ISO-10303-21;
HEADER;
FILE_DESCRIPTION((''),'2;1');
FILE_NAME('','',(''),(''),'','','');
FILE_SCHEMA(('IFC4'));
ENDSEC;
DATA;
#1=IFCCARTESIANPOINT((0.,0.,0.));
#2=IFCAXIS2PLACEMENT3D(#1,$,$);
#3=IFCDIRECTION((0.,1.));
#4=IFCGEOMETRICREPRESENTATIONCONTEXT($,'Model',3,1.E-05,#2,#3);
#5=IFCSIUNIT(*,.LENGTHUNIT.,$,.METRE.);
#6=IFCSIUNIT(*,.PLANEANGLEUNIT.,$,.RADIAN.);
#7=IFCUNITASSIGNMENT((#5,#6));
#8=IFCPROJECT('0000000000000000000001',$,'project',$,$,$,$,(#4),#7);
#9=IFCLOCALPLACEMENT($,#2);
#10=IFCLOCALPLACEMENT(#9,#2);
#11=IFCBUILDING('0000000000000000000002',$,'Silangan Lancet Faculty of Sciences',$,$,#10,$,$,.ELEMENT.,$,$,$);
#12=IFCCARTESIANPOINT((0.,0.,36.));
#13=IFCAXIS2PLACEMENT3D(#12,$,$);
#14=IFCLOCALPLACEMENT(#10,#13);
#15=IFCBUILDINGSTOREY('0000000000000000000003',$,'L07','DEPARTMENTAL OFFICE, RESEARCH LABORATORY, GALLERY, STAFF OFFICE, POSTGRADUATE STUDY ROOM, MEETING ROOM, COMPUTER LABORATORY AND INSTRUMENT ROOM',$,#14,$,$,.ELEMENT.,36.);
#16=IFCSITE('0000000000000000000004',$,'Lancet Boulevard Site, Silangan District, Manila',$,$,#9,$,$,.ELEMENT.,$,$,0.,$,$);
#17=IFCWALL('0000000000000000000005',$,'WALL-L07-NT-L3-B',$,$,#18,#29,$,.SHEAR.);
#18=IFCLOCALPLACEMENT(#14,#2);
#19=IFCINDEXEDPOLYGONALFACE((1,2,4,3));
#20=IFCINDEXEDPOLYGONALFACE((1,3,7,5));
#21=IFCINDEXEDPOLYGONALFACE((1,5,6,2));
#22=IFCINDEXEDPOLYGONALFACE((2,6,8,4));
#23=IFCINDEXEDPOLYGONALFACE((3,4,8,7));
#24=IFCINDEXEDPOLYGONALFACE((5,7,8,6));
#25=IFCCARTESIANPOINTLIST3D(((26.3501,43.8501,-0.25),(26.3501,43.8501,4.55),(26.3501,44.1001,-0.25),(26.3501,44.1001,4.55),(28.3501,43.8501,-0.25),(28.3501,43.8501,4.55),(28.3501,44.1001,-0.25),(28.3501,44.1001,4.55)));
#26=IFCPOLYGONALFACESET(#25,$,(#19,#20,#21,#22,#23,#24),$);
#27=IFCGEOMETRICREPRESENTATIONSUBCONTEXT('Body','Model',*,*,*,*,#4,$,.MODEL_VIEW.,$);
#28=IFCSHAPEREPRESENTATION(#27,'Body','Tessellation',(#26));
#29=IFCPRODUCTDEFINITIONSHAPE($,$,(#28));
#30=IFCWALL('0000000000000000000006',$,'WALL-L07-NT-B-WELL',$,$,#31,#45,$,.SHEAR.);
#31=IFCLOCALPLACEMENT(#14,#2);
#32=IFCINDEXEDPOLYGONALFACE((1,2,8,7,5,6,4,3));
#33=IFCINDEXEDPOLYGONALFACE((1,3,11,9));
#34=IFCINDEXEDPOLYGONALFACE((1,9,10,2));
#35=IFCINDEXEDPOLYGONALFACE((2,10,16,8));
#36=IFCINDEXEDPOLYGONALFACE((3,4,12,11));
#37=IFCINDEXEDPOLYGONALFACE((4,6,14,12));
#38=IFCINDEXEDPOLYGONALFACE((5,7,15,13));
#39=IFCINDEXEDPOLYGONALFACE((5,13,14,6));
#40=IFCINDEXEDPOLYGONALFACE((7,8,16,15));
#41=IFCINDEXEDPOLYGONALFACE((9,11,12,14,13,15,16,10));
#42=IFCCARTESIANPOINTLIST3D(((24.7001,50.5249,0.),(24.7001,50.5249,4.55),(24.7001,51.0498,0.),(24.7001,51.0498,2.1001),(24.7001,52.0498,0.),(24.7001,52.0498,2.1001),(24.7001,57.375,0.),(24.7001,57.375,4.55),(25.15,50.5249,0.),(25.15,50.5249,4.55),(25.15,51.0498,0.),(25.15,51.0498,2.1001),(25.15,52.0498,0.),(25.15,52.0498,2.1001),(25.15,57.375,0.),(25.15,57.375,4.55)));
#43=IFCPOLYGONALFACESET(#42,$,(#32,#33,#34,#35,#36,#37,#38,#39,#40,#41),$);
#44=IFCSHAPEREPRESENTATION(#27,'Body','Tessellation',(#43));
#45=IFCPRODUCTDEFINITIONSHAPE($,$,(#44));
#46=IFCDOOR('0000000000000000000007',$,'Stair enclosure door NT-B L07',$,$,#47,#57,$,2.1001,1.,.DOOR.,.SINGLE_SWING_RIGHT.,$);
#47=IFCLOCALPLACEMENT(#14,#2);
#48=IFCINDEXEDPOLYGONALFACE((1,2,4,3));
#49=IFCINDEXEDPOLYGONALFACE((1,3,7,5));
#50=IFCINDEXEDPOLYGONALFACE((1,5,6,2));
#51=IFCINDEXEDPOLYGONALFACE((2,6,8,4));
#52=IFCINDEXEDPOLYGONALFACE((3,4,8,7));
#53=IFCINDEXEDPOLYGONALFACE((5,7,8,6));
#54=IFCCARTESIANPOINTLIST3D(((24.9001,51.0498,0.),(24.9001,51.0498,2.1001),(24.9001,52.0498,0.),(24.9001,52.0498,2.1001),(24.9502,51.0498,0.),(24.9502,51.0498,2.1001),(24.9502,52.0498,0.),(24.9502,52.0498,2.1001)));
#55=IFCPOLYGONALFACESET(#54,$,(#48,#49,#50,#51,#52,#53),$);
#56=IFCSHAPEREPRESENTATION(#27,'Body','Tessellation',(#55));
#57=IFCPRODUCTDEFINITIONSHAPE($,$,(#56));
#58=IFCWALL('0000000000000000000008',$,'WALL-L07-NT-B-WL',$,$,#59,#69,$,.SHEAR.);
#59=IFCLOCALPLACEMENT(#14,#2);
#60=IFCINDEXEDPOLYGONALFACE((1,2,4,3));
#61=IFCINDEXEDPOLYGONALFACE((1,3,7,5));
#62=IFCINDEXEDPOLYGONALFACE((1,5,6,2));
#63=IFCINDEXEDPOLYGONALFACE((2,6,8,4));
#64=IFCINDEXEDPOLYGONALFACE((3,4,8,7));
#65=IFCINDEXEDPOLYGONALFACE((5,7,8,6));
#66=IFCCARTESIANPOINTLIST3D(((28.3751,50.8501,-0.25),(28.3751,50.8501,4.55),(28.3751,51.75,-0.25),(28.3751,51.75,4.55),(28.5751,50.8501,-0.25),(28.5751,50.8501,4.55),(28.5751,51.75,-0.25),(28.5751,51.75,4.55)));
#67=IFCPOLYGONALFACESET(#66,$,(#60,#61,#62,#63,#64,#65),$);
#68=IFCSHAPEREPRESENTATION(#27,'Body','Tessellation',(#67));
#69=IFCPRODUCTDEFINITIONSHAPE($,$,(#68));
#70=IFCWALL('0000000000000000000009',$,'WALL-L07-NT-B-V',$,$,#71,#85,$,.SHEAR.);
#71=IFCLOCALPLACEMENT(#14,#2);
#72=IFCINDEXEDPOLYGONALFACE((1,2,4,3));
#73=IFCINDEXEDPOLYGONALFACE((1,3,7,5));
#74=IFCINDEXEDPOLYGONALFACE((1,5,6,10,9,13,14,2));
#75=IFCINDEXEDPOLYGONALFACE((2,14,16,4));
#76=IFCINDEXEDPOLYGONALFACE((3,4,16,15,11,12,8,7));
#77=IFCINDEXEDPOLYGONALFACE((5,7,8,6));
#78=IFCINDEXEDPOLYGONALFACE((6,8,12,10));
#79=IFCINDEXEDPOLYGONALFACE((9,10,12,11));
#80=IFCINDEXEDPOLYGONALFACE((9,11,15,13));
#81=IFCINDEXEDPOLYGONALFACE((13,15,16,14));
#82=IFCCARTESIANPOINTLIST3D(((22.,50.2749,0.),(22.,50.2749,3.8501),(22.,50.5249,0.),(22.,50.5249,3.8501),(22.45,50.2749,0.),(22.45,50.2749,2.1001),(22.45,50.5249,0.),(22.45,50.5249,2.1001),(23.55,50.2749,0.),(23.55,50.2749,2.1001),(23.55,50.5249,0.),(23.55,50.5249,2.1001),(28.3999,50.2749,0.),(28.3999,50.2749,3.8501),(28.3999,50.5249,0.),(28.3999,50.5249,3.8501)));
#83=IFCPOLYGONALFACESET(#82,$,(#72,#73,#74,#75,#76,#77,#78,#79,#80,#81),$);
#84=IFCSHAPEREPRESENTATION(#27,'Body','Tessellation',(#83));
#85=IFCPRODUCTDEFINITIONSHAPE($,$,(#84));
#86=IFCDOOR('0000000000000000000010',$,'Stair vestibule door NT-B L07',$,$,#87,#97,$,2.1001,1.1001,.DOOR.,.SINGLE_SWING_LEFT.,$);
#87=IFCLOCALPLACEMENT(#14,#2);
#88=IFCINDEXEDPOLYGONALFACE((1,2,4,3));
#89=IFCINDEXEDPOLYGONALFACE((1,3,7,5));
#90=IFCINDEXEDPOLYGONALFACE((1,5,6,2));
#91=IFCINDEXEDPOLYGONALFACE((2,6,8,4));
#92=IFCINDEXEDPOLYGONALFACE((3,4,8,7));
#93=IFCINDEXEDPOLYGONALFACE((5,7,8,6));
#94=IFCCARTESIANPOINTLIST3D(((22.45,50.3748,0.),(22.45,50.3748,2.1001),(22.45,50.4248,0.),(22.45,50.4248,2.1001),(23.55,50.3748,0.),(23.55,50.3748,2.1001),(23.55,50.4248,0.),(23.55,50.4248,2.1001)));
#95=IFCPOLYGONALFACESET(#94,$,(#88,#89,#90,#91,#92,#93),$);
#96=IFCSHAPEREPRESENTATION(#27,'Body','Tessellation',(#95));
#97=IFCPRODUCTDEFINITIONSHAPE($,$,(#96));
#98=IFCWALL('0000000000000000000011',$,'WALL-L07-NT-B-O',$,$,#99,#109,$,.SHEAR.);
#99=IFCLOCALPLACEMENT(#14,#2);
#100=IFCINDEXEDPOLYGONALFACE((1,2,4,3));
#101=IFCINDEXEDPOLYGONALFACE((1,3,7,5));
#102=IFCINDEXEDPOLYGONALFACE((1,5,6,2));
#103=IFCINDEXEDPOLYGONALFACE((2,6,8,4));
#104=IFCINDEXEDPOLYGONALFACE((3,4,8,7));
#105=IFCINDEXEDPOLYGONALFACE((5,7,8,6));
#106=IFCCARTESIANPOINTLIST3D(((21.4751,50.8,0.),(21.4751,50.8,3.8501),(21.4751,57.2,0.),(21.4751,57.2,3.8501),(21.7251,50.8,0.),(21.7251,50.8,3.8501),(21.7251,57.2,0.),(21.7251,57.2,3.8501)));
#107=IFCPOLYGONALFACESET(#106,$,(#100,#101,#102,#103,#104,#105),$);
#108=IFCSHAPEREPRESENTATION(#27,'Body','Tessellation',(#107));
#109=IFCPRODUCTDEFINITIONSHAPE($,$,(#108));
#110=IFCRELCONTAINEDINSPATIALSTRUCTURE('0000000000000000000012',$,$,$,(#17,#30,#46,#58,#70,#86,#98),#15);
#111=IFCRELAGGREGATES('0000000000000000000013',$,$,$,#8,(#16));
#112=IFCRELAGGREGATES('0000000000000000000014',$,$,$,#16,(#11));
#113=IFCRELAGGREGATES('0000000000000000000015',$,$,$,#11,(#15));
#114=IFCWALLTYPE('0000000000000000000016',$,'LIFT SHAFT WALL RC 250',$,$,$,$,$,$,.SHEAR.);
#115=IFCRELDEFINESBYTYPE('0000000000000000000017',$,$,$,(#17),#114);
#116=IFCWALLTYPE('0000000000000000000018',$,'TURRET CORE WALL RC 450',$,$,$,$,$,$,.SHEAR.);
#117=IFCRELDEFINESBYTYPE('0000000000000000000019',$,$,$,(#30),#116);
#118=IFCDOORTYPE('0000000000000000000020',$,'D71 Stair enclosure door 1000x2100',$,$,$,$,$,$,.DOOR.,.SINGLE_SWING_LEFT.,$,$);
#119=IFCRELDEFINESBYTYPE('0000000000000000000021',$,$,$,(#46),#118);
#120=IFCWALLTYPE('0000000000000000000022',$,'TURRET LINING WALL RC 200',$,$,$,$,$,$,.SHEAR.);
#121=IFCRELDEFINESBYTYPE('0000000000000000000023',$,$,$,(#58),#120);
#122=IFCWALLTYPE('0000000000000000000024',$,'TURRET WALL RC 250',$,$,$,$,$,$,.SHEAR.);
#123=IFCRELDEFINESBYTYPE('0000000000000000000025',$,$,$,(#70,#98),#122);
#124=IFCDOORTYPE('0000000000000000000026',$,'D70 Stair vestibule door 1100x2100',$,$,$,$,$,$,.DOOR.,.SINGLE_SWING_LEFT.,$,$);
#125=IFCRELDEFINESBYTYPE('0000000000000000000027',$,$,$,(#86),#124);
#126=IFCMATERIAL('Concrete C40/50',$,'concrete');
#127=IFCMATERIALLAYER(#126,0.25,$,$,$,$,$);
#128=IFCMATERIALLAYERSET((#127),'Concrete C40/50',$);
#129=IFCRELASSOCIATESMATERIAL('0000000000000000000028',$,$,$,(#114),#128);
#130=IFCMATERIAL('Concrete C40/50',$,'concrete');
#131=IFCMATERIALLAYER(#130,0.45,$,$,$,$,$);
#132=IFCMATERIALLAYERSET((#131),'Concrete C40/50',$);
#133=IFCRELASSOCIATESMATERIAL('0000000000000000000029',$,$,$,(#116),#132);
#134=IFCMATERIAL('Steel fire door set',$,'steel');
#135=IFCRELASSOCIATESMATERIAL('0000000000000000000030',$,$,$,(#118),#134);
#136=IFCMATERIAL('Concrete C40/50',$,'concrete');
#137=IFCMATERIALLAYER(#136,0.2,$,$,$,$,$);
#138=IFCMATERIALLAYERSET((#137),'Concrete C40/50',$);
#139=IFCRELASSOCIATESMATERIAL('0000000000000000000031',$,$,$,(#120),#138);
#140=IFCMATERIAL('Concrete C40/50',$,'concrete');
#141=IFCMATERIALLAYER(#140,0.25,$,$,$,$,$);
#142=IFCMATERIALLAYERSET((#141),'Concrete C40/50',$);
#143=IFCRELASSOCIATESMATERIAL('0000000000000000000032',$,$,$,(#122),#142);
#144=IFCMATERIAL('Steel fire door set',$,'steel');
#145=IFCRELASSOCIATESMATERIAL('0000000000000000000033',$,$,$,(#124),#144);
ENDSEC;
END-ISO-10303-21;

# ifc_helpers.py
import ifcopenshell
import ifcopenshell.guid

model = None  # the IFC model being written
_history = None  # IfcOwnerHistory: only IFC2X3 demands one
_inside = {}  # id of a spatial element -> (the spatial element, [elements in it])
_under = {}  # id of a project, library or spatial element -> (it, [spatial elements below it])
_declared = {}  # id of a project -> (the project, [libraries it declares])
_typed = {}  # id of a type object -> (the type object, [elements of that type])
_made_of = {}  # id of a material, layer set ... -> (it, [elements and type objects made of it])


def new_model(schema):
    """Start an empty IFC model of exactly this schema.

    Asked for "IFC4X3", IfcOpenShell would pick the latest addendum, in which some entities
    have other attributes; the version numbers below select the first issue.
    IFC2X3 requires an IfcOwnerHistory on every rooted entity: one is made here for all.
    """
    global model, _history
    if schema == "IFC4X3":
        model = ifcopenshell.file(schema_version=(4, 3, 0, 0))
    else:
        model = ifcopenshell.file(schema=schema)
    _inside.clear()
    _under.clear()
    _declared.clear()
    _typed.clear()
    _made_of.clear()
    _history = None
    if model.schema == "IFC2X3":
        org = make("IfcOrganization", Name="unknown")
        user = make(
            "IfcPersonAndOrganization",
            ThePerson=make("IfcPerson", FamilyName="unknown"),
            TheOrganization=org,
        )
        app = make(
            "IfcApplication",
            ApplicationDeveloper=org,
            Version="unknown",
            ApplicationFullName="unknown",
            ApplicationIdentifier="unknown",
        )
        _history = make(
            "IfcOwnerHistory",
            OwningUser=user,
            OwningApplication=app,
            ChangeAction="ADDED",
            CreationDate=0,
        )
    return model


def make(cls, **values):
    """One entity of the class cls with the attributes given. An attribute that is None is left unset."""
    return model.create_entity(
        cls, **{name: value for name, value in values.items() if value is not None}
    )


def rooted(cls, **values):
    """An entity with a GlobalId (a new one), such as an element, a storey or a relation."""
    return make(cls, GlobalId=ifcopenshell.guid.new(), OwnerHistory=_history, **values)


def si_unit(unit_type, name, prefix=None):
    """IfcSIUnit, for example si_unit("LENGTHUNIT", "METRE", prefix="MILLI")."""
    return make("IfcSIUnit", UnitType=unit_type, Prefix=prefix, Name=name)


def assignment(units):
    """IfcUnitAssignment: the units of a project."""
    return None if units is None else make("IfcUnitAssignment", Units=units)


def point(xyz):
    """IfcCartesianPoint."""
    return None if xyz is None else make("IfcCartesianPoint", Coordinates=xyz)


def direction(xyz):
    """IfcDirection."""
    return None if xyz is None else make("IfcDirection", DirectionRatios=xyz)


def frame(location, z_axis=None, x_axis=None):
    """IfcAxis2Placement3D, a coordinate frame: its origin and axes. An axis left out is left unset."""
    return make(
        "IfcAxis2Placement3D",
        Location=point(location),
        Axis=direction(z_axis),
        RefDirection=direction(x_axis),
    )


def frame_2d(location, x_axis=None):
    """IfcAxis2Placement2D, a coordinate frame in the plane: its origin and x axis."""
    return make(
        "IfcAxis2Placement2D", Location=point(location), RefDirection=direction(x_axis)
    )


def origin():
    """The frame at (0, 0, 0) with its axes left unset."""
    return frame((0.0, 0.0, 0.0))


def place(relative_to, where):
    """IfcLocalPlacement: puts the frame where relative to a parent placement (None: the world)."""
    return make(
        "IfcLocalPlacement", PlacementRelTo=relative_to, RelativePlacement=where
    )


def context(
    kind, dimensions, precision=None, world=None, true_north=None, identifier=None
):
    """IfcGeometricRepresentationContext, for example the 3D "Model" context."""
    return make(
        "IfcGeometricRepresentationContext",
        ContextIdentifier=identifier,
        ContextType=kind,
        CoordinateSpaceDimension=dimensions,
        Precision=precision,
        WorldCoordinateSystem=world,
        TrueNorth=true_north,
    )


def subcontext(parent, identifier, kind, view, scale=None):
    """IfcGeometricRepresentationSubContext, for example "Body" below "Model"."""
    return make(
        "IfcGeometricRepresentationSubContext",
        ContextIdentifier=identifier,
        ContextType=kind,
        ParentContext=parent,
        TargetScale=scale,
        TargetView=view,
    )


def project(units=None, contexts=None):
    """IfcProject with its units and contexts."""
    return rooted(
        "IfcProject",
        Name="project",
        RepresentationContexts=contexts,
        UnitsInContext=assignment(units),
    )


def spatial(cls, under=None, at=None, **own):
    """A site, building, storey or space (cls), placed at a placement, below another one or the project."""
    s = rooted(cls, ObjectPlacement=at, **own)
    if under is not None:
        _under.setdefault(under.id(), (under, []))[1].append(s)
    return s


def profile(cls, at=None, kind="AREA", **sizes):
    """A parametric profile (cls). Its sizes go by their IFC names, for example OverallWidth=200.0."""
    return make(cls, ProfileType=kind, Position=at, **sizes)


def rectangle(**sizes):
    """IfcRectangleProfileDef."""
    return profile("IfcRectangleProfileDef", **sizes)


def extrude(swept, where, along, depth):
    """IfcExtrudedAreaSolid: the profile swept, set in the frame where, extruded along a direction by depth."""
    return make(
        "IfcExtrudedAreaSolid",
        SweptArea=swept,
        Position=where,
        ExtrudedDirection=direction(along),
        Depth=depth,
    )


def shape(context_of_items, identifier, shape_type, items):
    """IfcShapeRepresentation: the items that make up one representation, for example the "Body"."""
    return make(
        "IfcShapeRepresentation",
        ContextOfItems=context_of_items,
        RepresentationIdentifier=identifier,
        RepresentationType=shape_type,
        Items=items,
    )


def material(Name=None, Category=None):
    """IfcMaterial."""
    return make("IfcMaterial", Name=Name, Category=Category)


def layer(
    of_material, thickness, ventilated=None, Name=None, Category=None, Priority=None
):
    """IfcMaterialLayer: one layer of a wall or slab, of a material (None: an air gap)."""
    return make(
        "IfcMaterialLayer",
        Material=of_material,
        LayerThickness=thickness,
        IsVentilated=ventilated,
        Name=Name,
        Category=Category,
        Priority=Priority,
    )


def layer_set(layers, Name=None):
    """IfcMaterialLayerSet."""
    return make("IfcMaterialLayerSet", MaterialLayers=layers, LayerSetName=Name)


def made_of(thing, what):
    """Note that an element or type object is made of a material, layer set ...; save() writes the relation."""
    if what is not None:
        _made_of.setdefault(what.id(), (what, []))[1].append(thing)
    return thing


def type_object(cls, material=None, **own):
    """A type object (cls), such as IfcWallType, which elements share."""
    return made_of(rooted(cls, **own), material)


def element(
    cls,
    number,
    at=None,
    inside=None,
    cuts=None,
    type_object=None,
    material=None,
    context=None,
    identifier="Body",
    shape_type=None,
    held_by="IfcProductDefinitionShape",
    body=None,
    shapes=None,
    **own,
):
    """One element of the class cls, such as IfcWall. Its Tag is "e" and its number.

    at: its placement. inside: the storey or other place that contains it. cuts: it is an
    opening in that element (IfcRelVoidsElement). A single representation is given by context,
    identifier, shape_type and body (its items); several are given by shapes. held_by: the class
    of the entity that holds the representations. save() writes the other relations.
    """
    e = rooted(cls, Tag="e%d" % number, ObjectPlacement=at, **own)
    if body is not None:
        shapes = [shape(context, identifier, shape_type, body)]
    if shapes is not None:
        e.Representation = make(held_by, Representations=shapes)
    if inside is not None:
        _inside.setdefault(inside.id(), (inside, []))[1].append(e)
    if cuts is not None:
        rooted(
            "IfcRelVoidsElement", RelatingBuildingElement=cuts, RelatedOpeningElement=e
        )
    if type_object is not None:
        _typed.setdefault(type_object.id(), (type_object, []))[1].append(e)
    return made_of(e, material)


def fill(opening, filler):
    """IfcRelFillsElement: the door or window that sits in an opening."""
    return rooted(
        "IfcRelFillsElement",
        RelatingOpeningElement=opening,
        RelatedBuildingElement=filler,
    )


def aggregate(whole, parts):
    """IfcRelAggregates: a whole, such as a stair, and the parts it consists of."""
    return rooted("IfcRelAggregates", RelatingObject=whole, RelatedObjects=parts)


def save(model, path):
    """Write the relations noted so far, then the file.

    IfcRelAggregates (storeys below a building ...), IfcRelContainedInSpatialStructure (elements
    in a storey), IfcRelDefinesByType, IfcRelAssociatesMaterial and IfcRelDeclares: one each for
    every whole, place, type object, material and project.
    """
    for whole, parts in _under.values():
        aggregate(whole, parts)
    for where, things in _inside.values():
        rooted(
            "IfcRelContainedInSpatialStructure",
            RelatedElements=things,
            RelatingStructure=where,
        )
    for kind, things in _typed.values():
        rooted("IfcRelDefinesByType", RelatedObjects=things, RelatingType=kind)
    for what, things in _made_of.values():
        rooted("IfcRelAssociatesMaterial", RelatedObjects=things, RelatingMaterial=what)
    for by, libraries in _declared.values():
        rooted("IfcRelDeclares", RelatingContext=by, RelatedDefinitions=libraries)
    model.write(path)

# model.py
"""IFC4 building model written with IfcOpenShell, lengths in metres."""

from ifc_helpers import new_model, si_unit, direction, frame, frame_2d, origin, place, context, subcontext, project, spatial, rectangle, extrude, material, layer, layer_set, type_object, element, fill, save


model = new_model("IFC4")

# Units and contexts
model_context = context("Model", 3, precision=1e-05, world=origin(), true_north=direction((0.0, 1.0)))
body_context = subcontext(model_context, "Body", "Model", "MODEL_VIEW")
ifc_project = project(units=[si_unit("LENGTHUNIT", "METRE"), si_unit("PLANEANGLEUNIT", "RADIAN")], contexts=[model_context])

# Site, building, storey
site_placement = place(None, origin())
site = spatial("IfcSite", under=ifc_project, at=site_placement, Name="Lancet Boulevard Site, Silangan District, Manila", CompositionType="ELEMENT", RefElevation=0.0)
building_placement = place(site_placement, origin())
building = spatial("IfcBuilding", under=site, at=building_placement, Name="Silangan Lancet Faculty of Sciences", CompositionType="ELEMENT")
storey_placement = place(building_placement, frame((0.0, 0.0, 36.0)))
storey = spatial("IfcBuildingStorey", under=building, at=storey_placement, Name="L07", Description="DEPARTMENTAL OFFICE, RESEARCH LABORATORY, GALLERY, STAFF OFFICE, POSTGRADUATE STUDY ROOM, MEETING ROOM, COMPUTER LABORATORY AND INSTRUMENT ROOM", CompositionType="ELEMENT", Elevation=36.0)

# Shared definitions
ifc_material_1 = material(Name="Concrete C40/50", Category="concrete")
ifc_layer_1 = layer(ifc_material_1, 0.25)
ifc_layer_set_1 = layer_set([ifc_layer_1], Name="Concrete C40/50")
wall_type_1 = type_object("IfcWallType", Name="LIFT SHAFT WALL RC 250", PredefinedType="SHEAR", material=ifc_layer_set_1)

# Wall
wall_1_placement = place(storey_placement, frame((26.3501, 43.9751, -0.25), z_axis=(0.0, 0.0, 1.0), x_axis=(1.0, 0.0, 0.0)))
element("IfcWall", 1, at=wall_1_placement, inside=storey, type_object=wall_type_1, Name="WALL-L07-NT-L3-B", PredefinedType="SHEAR", context=body_context, shape_type="SweptSolid", body=[
    extrude(rectangle(XDim=2.0, YDim=0.25, at=frame_2d((1.0, 0.0))), origin(), (0.0, 0.0, 1.0), 4.8),
])

# Wall, opening, door
ifc_material_2 = material(Name="Concrete C40/50", Category="concrete")
ifc_layer_2 = layer(ifc_material_2, 0.45)
ifc_layer_set_2 = layer_set([ifc_layer_2], Name="Concrete C40/50")
wall_type_2 = type_object("IfcWallType", Name="TURRET CORE WALL RC 450", PredefinedType="SHEAR", material=ifc_layer_set_2)
wall_2_placement = place(storey_placement, frame((24.925, 50.5249, 0.0), z_axis=(0.0, 0.0, 1.0), x_axis=(0.0, 1.0, 0.0)))
wall_2 = element("IfcWall", 2, at=wall_2_placement, inside=storey, type_object=wall_type_2, Name="WALL-L07-NT-B-WELL", PredefinedType="SHEAR", context=body_context, shape_type="SweptSolid", body=[
    extrude(rectangle(XDim=6.8501, YDim=0.45, at=frame_2d((3.425, 0.0))), origin(), (0.0, 0.0, 1.0), 4.55),
])
opening_1_placement = place(wall_2_placement, frame((0.5249, 0.0, 0.0)))
opening_1 = element("IfcOpeningElement", 3, at=opening_1_placement, cuts=wall_2, PredefinedType="OPENING", context=body_context, shape_type="SweptSolid", body=[
    extrude(rectangle(XDim=1.0, YDim=2.1001, at=frame_2d((0.5, 1.05))), frame((0.0, 0.2349, 0.0), z_axis=(0.0, -1.0, 0.0), x_axis=(1.0, 0.0, 0.0)), (0.0, 0.0, 1.0), 0.47),
])
ifc_material_3 = material(Name="Steel fire door set", Category="steel")
door_type_1 = type_object("IfcDoorType", Name="D71 Stair enclosure door 1000x2100", OperationType="SINGLE_SWING_LEFT", PredefinedType="DOOR", material=ifc_material_3)
door_1_placement = place(opening_1_placement, frame((1.0, 0.0, 0.0), z_axis=(0.0, 0.0, 1.0), x_axis=(-1.0, 0.0, 0.0)))
door_1 = element("IfcDoor", 4, at=door_1_placement, inside=storey, type_object=door_type_1, Name="Stair enclosure door NT-B L07", OperationType="SINGLE_SWING_RIGHT", OverallHeight=2.1001, OverallWidth=1.0, PredefinedType="DOOR", context=body_context, shape_type="SweptSolid", body=[
    extrude(rectangle(XDim=1.0, YDim=2.1001, at=frame_2d((0.5, 1.05))), frame((0.0, 0.0251, 0.0), z_axis=(0.0, -1.0, 0.0), x_axis=(1.0, 0.0, 0.0)), (0.0, 0.0, 1.0), 0.05),
])
fill(opening_1, door_1)

# Wall
ifc_material_4 = material(Name="Concrete C40/50", Category="concrete")
ifc_layer_3 = layer(ifc_material_4, 0.2)
ifc_layer_set_3 = layer_set([ifc_layer_3], Name="Concrete C40/50")
wall_type_3 = type_object("IfcWallType", Name="TURRET LINING WALL RC 200", PredefinedType="SHEAR", material=ifc_layer_set_3)
wall_3_placement = place(storey_placement, frame((28.4751, 50.8501, -0.25), z_axis=(0.0, 0.0, 1.0), x_axis=(0.0, 1.0, 0.0)))
element("IfcWall", 5, at=wall_3_placement, inside=storey, type_object=wall_type_3, Name="WALL-L07-NT-B-WL", PredefinedType="SHEAR", context=body_context, shape_type="SweptSolid", body=[
    extrude(rectangle(XDim=0.8999, YDim=0.2, at=frame_2d((0.45, 0.0))), origin(), (0.0, 0.0, 1.0), 4.8),
])

# Wall, opening, door
ifc_material_5 = material(Name="Concrete C40/50", Category="concrete")
ifc_layer_4 = layer(ifc_material_5, 0.25)
ifc_layer_set_4 = layer_set([ifc_layer_4], Name="Concrete C40/50")
wall_type_4 = type_object("IfcWallType", Name="TURRET WALL RC 250", PredefinedType="SHEAR", material=ifc_layer_set_4)
wall_4_placement = place(storey_placement, frame((22.0, 50.3999, 0.0), z_axis=(0.0, 0.0, 1.0), x_axis=(1.0, 0.0, 0.0)))
wall_4 = element("IfcWall", 6, at=wall_4_placement, inside=storey, type_object=wall_type_4, Name="WALL-L07-NT-B-V", PredefinedType="SHEAR", context=body_context, shape_type="SweptSolid", body=[
    extrude(rectangle(XDim=6.3999, YDim=0.25, at=frame_2d((3.2, 0.0))), origin(), (0.0, 0.0, 1.0), 3.8501),
])
opening_2_placement = place(wall_4_placement, frame((0.45, 0.0, 0.0)))
opening_2 = element("IfcOpeningElement", 7, at=opening_2_placement, cuts=wall_4, PredefinedType="OPENING", context=body_context, shape_type="SweptSolid", body=[
    extrude(rectangle(XDim=1.1001, YDim=2.1001, at=frame_2d((0.55, 1.05))), frame((0.0, 0.135, 0.0), z_axis=(0.0, -1.0, 0.0), x_axis=(1.0, 0.0, 0.0)), (0.0, 0.0, 1.0), 0.27),
])
ifc_material_6 = material(Name="Steel fire door set", Category="steel")
door_type_2 = type_object("IfcDoorType", Name="D70 Stair vestibule door 1100x2100", OperationType="SINGLE_SWING_LEFT", PredefinedType="DOOR", material=ifc_material_6)
door_2_placement = place(opening_2_placement, origin())
door_2 = element("IfcDoor", 8, at=door_2_placement, inside=storey, type_object=door_type_2, Name="Stair vestibule door NT-B L07", OperationType="SINGLE_SWING_LEFT", OverallHeight=2.1001, OverallWidth=1.1001, PredefinedType="DOOR", context=body_context, shape_type="SweptSolid", body=[
    extrude(rectangle(XDim=1.1001, YDim=2.1001, at=frame_2d((0.55, 1.05))), frame((0.0, 0.0249, 0.0), z_axis=(0.0, -1.0, 0.0), x_axis=(1.0, 0.0, 0.0)), (0.0, 0.0, 1.0), 0.05),
])
fill(opening_2, door_2)

# Wall
wall_5_placement = place(storey_placement, frame((21.6001, 50.8, 0.0), z_axis=(0.0, 0.0, 1.0), x_axis=(0.0, 1.0, 0.0)))
element("IfcWall", 9, at=wall_5_placement, inside=storey, type_object=wall_type_4, Name="WALL-L07-NT-B-O", PredefinedType="SHEAR", context=body_context, shape_type="SweptSolid", body=[
    extrude(rectangle(XDim=6.3999, YDim=0.25, at=frame_2d((3.2, 0.0))), origin(), (0.0, 0.0, 1.0), 3.8501),
])

save(model, "model.ifc")
